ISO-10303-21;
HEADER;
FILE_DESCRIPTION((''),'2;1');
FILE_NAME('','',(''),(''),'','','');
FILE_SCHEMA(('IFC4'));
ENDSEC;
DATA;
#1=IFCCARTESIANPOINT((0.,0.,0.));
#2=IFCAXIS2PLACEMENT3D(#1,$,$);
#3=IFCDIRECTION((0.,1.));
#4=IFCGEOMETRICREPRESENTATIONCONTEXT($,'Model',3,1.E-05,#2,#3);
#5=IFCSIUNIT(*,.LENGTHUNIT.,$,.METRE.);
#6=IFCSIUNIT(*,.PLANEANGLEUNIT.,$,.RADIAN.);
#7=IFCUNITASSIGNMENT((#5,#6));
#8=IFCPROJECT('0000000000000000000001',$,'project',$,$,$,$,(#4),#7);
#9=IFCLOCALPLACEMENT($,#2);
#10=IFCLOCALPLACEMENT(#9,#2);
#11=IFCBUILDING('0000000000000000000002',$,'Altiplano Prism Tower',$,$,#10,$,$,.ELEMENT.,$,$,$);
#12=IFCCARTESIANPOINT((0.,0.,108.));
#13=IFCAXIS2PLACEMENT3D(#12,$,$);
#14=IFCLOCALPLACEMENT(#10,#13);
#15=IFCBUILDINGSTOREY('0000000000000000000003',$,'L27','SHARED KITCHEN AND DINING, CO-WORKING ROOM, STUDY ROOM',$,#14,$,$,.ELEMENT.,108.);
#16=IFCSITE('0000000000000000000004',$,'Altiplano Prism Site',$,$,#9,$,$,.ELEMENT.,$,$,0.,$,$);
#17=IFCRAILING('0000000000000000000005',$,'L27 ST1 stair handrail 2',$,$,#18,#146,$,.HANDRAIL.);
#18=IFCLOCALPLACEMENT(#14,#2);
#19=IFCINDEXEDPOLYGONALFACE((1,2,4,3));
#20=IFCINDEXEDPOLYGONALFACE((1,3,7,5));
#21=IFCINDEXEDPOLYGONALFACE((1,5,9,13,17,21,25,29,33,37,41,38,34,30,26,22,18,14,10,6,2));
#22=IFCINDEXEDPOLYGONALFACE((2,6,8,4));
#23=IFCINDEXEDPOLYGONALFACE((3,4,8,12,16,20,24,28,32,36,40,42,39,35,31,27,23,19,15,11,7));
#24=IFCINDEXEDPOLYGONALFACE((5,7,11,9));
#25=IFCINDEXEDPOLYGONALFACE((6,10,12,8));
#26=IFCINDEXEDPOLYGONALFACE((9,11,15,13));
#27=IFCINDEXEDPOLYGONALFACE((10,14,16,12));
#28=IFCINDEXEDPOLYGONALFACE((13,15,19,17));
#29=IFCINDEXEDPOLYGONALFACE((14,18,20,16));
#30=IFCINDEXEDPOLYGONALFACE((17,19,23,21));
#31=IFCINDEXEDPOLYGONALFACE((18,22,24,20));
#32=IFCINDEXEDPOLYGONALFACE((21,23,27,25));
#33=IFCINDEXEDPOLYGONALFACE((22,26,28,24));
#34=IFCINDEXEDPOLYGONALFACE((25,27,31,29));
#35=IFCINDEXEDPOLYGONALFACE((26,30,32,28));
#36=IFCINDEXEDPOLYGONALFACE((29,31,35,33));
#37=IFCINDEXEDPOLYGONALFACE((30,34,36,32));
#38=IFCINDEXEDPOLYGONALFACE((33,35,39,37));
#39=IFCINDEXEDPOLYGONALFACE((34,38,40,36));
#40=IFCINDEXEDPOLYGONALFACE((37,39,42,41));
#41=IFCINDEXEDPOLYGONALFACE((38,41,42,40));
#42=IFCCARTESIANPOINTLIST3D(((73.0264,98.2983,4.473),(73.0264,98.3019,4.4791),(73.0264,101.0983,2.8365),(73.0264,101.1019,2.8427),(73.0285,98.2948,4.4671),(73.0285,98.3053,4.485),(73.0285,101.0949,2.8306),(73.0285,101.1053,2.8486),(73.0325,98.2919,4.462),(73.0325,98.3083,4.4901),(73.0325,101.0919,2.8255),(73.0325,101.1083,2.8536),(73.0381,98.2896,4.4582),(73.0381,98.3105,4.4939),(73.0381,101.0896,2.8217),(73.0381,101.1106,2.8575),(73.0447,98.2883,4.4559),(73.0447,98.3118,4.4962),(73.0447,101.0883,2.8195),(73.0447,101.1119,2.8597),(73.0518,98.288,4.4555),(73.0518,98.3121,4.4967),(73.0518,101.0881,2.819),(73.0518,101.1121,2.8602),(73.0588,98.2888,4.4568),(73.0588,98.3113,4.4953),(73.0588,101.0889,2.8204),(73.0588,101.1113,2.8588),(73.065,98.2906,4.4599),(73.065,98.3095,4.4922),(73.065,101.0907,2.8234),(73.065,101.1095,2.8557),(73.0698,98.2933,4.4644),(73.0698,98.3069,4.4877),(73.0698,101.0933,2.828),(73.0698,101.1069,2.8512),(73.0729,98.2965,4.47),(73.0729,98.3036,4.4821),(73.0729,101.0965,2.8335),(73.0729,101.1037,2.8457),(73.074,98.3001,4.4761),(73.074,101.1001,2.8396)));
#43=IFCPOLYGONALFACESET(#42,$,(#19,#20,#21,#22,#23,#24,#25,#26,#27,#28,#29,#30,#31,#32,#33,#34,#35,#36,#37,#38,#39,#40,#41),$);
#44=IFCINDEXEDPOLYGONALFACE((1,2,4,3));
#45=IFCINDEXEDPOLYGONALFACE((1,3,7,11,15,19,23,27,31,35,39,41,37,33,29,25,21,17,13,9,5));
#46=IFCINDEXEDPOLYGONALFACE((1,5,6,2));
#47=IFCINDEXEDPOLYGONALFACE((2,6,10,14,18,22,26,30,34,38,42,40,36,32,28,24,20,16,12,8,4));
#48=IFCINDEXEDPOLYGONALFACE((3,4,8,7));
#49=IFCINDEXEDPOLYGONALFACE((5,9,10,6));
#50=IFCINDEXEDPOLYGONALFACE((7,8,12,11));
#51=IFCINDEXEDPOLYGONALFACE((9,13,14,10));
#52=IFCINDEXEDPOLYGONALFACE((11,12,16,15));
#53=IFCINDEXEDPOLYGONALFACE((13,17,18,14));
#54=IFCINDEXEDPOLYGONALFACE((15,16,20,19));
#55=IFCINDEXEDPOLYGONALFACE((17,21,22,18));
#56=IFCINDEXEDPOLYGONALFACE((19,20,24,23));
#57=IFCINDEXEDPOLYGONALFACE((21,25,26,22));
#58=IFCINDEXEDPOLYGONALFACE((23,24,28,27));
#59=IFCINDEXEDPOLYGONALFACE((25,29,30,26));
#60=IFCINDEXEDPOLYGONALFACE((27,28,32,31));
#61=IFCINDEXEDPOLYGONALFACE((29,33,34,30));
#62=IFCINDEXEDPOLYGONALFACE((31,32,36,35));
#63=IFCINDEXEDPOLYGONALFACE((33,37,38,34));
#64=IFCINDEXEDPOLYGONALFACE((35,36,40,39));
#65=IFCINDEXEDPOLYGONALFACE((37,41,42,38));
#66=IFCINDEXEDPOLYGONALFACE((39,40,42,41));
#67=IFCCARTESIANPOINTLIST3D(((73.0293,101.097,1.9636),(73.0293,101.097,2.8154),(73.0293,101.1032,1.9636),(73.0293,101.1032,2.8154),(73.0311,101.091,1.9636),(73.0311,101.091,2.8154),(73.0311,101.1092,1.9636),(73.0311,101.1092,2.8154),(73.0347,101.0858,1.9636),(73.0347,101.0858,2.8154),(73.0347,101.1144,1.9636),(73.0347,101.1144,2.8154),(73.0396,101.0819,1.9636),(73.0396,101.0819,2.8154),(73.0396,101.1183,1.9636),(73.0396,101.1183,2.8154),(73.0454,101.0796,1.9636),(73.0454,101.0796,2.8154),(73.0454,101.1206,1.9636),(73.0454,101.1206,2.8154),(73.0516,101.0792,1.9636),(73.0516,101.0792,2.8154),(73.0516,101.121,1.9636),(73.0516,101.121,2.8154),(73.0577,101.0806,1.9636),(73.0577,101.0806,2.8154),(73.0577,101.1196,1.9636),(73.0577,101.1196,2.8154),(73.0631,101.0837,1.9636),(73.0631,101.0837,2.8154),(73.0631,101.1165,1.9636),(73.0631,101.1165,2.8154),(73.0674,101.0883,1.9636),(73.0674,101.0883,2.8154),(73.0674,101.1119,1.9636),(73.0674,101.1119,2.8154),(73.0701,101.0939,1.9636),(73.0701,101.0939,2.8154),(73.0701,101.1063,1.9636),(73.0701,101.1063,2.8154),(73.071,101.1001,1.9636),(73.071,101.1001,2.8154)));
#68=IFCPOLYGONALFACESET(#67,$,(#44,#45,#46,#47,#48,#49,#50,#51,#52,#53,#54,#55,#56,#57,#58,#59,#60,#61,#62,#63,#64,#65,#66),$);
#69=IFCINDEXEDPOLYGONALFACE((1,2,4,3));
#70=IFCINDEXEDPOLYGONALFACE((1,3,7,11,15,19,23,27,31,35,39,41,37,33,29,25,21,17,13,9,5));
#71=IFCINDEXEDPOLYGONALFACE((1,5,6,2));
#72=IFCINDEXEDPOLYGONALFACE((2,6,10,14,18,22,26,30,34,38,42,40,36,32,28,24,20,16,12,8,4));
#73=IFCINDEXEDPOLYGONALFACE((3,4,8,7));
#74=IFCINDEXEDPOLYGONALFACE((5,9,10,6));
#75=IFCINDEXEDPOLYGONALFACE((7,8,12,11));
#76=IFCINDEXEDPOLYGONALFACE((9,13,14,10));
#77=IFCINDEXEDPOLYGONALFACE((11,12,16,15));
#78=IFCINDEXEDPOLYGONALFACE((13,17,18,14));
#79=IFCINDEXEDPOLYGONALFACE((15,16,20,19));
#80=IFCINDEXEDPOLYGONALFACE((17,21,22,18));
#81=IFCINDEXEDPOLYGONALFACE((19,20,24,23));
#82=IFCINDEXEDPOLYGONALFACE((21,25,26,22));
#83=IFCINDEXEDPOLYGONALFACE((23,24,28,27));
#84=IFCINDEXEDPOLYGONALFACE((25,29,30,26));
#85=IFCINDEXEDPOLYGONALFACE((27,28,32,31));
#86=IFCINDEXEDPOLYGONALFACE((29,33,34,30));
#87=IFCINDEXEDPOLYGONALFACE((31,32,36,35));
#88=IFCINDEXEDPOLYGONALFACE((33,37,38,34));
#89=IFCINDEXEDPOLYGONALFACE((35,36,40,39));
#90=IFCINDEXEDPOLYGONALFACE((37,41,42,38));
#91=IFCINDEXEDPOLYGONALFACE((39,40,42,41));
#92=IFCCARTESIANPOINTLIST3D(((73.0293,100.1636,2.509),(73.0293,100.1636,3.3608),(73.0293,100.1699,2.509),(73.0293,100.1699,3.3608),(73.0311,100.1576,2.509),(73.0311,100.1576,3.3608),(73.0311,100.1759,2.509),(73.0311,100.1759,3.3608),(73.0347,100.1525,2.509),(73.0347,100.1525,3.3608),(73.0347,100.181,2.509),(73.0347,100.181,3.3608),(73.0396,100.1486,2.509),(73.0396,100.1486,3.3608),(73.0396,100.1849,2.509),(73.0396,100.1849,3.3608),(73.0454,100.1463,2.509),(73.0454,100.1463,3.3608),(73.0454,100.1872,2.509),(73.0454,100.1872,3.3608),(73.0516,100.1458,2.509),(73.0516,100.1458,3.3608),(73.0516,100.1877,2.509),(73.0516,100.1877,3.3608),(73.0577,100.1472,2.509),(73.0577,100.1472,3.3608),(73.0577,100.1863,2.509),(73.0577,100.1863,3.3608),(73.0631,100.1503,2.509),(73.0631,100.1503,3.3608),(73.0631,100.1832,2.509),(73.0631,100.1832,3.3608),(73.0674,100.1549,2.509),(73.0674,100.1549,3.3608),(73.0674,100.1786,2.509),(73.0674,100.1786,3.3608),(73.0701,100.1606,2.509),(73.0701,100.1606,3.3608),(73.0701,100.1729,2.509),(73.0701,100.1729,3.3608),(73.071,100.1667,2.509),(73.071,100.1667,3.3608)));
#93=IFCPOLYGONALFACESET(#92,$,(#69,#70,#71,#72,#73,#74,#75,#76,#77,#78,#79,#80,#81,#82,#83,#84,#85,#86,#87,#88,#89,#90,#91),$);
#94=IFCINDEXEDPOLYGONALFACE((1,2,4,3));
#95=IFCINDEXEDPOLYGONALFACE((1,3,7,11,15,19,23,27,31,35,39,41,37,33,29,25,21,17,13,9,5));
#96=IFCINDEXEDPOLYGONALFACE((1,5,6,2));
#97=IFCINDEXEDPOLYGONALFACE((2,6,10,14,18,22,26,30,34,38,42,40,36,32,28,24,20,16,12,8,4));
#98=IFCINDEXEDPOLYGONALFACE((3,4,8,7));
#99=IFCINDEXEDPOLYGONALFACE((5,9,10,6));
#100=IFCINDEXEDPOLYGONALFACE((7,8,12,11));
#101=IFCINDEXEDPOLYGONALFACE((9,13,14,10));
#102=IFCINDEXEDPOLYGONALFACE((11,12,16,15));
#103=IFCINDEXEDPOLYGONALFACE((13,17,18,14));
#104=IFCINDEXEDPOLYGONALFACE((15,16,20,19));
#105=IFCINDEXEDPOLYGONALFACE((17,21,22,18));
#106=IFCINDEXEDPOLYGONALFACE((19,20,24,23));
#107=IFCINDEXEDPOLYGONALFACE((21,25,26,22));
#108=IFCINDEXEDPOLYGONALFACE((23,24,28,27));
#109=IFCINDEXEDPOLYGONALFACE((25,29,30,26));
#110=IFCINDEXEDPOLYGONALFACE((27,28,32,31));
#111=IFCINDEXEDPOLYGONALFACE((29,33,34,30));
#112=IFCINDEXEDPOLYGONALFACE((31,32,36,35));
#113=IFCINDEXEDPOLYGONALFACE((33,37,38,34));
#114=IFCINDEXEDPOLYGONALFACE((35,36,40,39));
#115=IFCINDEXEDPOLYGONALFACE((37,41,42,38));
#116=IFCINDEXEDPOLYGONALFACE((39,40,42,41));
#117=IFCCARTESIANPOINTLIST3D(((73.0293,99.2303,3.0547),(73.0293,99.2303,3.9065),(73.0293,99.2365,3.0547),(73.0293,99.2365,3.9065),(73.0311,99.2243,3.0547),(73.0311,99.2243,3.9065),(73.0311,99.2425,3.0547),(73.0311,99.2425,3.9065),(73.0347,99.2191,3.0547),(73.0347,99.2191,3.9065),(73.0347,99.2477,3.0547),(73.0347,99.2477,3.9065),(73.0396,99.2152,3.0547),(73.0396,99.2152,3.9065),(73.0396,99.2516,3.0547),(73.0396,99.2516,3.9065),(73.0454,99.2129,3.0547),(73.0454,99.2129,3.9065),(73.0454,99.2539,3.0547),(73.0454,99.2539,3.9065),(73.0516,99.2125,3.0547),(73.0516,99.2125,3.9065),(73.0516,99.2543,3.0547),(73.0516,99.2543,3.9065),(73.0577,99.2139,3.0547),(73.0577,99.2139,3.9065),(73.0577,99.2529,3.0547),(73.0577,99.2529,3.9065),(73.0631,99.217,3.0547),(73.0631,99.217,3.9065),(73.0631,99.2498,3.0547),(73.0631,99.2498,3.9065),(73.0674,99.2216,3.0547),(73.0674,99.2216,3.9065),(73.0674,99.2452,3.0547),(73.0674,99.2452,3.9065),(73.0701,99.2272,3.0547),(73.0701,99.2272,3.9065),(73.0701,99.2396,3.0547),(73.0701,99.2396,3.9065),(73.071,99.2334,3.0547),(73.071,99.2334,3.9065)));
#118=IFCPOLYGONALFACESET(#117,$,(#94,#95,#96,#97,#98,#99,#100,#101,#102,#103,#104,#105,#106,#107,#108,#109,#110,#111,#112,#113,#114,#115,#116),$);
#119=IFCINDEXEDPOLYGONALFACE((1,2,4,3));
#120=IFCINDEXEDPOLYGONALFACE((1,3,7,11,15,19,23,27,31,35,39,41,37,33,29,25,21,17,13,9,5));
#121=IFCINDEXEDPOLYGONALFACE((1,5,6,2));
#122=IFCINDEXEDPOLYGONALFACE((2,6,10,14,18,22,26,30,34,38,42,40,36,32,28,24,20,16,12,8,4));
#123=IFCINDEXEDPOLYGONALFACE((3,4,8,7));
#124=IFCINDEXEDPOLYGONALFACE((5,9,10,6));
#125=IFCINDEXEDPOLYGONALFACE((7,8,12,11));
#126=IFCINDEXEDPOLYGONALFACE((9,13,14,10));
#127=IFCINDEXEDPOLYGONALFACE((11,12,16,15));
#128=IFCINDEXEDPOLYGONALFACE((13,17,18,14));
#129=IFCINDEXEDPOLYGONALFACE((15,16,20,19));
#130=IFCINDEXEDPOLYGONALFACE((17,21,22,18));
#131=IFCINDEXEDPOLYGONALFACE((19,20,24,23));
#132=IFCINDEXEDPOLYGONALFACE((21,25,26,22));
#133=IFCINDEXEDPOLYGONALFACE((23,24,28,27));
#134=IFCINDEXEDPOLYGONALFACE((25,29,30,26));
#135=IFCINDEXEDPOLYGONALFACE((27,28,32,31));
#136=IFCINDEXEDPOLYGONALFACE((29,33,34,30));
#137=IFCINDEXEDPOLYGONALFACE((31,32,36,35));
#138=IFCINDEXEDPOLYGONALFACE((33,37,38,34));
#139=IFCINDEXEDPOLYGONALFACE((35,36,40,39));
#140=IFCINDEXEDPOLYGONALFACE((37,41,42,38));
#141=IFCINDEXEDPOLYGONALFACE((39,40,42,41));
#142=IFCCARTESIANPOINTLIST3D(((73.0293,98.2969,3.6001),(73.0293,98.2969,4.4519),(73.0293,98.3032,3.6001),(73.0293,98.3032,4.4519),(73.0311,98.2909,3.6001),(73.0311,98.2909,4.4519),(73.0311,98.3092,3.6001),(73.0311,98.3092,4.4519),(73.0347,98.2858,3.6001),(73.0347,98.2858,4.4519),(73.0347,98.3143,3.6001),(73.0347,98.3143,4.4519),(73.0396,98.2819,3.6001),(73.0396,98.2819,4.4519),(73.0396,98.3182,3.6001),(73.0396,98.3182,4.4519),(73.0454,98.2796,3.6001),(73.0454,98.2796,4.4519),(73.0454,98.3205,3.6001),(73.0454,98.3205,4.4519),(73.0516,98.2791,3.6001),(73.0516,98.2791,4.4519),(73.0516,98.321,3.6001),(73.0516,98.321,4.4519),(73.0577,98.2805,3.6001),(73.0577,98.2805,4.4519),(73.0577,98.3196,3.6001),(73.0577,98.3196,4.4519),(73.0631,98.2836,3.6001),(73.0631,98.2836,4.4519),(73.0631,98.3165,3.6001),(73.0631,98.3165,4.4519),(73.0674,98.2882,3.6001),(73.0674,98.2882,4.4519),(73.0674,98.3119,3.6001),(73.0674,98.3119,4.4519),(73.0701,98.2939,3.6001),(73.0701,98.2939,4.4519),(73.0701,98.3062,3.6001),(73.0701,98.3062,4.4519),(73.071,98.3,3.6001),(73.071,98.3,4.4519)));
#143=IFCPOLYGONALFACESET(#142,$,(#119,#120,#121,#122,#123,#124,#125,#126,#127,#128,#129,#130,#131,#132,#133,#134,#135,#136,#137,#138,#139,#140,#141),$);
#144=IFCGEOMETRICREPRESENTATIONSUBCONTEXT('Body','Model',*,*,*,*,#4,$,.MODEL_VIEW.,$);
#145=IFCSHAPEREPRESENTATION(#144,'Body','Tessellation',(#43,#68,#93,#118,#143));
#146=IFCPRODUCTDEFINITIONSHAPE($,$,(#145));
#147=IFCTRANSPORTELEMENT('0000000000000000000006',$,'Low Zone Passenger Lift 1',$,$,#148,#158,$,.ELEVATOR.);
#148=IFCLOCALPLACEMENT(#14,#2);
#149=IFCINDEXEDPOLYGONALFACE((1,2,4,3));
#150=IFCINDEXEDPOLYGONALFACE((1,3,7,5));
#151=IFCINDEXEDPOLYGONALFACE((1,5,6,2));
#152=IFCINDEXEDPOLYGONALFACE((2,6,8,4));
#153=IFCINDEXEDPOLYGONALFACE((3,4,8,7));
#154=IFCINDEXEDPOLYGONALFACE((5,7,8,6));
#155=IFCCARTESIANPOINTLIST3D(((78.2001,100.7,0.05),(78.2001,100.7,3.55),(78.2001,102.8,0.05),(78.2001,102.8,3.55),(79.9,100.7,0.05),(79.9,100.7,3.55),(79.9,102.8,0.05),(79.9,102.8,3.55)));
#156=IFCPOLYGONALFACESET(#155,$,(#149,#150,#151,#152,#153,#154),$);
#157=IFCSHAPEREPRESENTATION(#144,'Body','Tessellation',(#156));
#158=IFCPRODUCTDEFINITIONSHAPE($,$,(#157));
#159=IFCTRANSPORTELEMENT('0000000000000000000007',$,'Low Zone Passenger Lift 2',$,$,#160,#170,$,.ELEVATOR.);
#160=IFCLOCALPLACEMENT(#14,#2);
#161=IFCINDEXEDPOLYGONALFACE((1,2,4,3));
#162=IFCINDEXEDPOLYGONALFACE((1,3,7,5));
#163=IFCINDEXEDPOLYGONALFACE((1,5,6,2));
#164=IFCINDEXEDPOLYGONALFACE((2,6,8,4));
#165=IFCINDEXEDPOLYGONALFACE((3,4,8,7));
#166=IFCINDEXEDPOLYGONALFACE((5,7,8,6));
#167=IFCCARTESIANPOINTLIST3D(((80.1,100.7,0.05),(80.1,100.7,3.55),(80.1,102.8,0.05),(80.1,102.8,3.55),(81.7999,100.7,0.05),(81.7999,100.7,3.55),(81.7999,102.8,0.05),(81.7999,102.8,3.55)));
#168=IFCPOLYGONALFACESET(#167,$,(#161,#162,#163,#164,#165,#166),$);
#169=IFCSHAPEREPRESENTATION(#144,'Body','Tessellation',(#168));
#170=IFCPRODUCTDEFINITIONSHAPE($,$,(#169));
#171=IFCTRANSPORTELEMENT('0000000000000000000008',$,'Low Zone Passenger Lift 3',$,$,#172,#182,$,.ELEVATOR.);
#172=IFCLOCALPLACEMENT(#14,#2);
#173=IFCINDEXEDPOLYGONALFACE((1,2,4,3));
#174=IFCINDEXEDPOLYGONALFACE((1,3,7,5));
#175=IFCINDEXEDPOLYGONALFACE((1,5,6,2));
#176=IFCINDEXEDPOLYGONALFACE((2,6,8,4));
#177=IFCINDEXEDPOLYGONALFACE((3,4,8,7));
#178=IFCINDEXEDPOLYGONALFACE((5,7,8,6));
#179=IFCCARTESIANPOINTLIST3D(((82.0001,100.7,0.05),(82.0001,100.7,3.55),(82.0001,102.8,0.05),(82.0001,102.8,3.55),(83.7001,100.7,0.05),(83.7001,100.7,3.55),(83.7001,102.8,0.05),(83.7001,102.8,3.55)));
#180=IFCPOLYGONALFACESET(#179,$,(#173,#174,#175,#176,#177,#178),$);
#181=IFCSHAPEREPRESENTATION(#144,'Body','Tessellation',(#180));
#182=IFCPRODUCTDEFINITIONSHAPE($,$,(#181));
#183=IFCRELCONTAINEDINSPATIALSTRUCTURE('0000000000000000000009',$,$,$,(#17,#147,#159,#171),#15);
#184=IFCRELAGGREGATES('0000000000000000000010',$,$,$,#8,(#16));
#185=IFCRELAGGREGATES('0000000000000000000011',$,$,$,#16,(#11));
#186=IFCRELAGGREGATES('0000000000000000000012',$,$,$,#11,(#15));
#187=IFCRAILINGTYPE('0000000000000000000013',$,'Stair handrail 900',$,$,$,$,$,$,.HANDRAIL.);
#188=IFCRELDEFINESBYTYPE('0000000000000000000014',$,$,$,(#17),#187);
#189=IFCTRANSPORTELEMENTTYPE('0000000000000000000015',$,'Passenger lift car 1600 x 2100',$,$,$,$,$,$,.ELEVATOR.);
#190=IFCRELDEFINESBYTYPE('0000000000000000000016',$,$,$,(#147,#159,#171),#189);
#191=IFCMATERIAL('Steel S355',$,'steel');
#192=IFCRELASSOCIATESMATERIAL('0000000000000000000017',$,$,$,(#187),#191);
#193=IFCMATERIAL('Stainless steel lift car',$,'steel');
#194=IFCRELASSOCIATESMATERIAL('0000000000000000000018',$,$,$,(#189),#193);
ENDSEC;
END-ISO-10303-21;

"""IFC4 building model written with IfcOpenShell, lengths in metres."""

from ifc_helpers import new_model, si_unit, direction, frame, origin, origin_2d, place, context, subcontext, project, spatial, rectangle, circle, extrude, material, type_object, element, save


model = new_model("IFC4")

# Units and contexts
model_context = context("Model", 3, precision=1e-05, world=origin(), true_north=direction((0.0, 1.0)))
body_context = subcontext(model_context, "Body", "Model", "MODEL_VIEW")
ifc_project = project(units=[si_unit("LENGTHUNIT", "METRE"), si_unit("PLANEANGLEUNIT", "RADIAN")], contexts=[model_context])

# Site, building, storey
site_placement = place(None, origin())
site = spatial("IfcSite", under=ifc_project, at=site_placement, Name="Altiplano Prism Site", CompositionType="ELEMENT", RefElevation=0.0)
building_placement = place(site_placement, origin())
building = spatial("IfcBuilding", under=site, at=building_placement, Name="Altiplano Prism Tower", CompositionType="ELEMENT")
storey_placement = place(building_placement, frame((0.0, 0.0, 108.0)))
storey = spatial("IfcBuildingStorey", under=building, at=storey_placement, Name="L27", Description="SHARED KITCHEN AND DINING, CO-WORKING ROOM, STUDY ROOM", CompositionType="ELEMENT", Elevation=108.0)

# Railing
ifc_material_1 = material(Name="Steel S355", Category="steel")
railing_type = type_object("IfcRailingType", Name="Stair handrail 900", PredefinedType="HANDRAIL", material=ifc_material_1)
railing_1_placement = place(storey_placement, frame((73.05, 101.1001, 1.9636)))
element("IfcRailing", 1, at=railing_1_placement, inside=storey, type_object=railing_type, Name="L27 ST1 stair handrail 2", PredefinedType="HANDRAIL", context=body_context, shape_type="SweptSolid", body=[
    extrude(circle(Radius=0.0239, at=origin_2d()), frame((0.0, 0.0, 0.876), z_axis=(0.0, -0.863361, 0.504587), x_axis=(1.0, 0.0, 0.0)), (0.0, 0.0, 1.0), 3.2432),
    extrude(circle(Radius=0.021, at=origin_2d()), origin(), (0.0, 0.0, 1.0), 0.8518),
    extrude(circle(Radius=0.021, at=origin_2d()), frame((0.0, -0.9333, 0.5454)), (0.0, 0.0, 1.0), 0.8518),
    extrude(circle(Radius=0.021, at=origin_2d()), frame((0.0, -1.8667, 1.0911)), (0.0, 0.0, 1.0), 0.8518),
    extrude(circle(Radius=0.021, at=origin_2d()), frame((0.0, -2.8, 1.6365)), (0.0, 0.0, 1.0), 0.8518),
])

# Transport elements
ifc_material_2 = material(Name="Stainless steel lift car", Category="steel")
transport_element_type = type_object("IfcTransportElementType", Name="Passenger lift car 1600 x 2100", PredefinedType="ELEVATOR", material=ifc_material_2)
for number, where, z_axis, x_axis, name in (
    (2, (79.05, 101.75, 0.05), (0.0, 0.0, 1.0), (1.0, 0.0, 0.0), "Low Zone Passenger Lift 1"),
    (3, (80.95, 101.75, 0.05), (0.0, 0.0, 1.0), (1.0, 0.0, 0.0), "Low Zone Passenger Lift 2"),
    (4, (82.8501, 101.75, 0.05), (0.0, 0.0, 1.0), (1.0, 0.0, 0.0), "Low Zone Passenger Lift 3"),
):
    element("IfcTransportElement", number, at=place(storey_placement, frame(where, z_axis=z_axis, x_axis=x_axis)), inside=storey, type_object=transport_element_type, Name=name, PredefinedType="ELEVATOR", context=body_context, shape_type="SweptSolid", body=[
        extrude(rectangle(XDim=1.7, YDim=2.1001, at=origin_2d()), origin(), (0.0, 0.0, 1.0), 3.5),
    ])

save(model, "model.ifc")
